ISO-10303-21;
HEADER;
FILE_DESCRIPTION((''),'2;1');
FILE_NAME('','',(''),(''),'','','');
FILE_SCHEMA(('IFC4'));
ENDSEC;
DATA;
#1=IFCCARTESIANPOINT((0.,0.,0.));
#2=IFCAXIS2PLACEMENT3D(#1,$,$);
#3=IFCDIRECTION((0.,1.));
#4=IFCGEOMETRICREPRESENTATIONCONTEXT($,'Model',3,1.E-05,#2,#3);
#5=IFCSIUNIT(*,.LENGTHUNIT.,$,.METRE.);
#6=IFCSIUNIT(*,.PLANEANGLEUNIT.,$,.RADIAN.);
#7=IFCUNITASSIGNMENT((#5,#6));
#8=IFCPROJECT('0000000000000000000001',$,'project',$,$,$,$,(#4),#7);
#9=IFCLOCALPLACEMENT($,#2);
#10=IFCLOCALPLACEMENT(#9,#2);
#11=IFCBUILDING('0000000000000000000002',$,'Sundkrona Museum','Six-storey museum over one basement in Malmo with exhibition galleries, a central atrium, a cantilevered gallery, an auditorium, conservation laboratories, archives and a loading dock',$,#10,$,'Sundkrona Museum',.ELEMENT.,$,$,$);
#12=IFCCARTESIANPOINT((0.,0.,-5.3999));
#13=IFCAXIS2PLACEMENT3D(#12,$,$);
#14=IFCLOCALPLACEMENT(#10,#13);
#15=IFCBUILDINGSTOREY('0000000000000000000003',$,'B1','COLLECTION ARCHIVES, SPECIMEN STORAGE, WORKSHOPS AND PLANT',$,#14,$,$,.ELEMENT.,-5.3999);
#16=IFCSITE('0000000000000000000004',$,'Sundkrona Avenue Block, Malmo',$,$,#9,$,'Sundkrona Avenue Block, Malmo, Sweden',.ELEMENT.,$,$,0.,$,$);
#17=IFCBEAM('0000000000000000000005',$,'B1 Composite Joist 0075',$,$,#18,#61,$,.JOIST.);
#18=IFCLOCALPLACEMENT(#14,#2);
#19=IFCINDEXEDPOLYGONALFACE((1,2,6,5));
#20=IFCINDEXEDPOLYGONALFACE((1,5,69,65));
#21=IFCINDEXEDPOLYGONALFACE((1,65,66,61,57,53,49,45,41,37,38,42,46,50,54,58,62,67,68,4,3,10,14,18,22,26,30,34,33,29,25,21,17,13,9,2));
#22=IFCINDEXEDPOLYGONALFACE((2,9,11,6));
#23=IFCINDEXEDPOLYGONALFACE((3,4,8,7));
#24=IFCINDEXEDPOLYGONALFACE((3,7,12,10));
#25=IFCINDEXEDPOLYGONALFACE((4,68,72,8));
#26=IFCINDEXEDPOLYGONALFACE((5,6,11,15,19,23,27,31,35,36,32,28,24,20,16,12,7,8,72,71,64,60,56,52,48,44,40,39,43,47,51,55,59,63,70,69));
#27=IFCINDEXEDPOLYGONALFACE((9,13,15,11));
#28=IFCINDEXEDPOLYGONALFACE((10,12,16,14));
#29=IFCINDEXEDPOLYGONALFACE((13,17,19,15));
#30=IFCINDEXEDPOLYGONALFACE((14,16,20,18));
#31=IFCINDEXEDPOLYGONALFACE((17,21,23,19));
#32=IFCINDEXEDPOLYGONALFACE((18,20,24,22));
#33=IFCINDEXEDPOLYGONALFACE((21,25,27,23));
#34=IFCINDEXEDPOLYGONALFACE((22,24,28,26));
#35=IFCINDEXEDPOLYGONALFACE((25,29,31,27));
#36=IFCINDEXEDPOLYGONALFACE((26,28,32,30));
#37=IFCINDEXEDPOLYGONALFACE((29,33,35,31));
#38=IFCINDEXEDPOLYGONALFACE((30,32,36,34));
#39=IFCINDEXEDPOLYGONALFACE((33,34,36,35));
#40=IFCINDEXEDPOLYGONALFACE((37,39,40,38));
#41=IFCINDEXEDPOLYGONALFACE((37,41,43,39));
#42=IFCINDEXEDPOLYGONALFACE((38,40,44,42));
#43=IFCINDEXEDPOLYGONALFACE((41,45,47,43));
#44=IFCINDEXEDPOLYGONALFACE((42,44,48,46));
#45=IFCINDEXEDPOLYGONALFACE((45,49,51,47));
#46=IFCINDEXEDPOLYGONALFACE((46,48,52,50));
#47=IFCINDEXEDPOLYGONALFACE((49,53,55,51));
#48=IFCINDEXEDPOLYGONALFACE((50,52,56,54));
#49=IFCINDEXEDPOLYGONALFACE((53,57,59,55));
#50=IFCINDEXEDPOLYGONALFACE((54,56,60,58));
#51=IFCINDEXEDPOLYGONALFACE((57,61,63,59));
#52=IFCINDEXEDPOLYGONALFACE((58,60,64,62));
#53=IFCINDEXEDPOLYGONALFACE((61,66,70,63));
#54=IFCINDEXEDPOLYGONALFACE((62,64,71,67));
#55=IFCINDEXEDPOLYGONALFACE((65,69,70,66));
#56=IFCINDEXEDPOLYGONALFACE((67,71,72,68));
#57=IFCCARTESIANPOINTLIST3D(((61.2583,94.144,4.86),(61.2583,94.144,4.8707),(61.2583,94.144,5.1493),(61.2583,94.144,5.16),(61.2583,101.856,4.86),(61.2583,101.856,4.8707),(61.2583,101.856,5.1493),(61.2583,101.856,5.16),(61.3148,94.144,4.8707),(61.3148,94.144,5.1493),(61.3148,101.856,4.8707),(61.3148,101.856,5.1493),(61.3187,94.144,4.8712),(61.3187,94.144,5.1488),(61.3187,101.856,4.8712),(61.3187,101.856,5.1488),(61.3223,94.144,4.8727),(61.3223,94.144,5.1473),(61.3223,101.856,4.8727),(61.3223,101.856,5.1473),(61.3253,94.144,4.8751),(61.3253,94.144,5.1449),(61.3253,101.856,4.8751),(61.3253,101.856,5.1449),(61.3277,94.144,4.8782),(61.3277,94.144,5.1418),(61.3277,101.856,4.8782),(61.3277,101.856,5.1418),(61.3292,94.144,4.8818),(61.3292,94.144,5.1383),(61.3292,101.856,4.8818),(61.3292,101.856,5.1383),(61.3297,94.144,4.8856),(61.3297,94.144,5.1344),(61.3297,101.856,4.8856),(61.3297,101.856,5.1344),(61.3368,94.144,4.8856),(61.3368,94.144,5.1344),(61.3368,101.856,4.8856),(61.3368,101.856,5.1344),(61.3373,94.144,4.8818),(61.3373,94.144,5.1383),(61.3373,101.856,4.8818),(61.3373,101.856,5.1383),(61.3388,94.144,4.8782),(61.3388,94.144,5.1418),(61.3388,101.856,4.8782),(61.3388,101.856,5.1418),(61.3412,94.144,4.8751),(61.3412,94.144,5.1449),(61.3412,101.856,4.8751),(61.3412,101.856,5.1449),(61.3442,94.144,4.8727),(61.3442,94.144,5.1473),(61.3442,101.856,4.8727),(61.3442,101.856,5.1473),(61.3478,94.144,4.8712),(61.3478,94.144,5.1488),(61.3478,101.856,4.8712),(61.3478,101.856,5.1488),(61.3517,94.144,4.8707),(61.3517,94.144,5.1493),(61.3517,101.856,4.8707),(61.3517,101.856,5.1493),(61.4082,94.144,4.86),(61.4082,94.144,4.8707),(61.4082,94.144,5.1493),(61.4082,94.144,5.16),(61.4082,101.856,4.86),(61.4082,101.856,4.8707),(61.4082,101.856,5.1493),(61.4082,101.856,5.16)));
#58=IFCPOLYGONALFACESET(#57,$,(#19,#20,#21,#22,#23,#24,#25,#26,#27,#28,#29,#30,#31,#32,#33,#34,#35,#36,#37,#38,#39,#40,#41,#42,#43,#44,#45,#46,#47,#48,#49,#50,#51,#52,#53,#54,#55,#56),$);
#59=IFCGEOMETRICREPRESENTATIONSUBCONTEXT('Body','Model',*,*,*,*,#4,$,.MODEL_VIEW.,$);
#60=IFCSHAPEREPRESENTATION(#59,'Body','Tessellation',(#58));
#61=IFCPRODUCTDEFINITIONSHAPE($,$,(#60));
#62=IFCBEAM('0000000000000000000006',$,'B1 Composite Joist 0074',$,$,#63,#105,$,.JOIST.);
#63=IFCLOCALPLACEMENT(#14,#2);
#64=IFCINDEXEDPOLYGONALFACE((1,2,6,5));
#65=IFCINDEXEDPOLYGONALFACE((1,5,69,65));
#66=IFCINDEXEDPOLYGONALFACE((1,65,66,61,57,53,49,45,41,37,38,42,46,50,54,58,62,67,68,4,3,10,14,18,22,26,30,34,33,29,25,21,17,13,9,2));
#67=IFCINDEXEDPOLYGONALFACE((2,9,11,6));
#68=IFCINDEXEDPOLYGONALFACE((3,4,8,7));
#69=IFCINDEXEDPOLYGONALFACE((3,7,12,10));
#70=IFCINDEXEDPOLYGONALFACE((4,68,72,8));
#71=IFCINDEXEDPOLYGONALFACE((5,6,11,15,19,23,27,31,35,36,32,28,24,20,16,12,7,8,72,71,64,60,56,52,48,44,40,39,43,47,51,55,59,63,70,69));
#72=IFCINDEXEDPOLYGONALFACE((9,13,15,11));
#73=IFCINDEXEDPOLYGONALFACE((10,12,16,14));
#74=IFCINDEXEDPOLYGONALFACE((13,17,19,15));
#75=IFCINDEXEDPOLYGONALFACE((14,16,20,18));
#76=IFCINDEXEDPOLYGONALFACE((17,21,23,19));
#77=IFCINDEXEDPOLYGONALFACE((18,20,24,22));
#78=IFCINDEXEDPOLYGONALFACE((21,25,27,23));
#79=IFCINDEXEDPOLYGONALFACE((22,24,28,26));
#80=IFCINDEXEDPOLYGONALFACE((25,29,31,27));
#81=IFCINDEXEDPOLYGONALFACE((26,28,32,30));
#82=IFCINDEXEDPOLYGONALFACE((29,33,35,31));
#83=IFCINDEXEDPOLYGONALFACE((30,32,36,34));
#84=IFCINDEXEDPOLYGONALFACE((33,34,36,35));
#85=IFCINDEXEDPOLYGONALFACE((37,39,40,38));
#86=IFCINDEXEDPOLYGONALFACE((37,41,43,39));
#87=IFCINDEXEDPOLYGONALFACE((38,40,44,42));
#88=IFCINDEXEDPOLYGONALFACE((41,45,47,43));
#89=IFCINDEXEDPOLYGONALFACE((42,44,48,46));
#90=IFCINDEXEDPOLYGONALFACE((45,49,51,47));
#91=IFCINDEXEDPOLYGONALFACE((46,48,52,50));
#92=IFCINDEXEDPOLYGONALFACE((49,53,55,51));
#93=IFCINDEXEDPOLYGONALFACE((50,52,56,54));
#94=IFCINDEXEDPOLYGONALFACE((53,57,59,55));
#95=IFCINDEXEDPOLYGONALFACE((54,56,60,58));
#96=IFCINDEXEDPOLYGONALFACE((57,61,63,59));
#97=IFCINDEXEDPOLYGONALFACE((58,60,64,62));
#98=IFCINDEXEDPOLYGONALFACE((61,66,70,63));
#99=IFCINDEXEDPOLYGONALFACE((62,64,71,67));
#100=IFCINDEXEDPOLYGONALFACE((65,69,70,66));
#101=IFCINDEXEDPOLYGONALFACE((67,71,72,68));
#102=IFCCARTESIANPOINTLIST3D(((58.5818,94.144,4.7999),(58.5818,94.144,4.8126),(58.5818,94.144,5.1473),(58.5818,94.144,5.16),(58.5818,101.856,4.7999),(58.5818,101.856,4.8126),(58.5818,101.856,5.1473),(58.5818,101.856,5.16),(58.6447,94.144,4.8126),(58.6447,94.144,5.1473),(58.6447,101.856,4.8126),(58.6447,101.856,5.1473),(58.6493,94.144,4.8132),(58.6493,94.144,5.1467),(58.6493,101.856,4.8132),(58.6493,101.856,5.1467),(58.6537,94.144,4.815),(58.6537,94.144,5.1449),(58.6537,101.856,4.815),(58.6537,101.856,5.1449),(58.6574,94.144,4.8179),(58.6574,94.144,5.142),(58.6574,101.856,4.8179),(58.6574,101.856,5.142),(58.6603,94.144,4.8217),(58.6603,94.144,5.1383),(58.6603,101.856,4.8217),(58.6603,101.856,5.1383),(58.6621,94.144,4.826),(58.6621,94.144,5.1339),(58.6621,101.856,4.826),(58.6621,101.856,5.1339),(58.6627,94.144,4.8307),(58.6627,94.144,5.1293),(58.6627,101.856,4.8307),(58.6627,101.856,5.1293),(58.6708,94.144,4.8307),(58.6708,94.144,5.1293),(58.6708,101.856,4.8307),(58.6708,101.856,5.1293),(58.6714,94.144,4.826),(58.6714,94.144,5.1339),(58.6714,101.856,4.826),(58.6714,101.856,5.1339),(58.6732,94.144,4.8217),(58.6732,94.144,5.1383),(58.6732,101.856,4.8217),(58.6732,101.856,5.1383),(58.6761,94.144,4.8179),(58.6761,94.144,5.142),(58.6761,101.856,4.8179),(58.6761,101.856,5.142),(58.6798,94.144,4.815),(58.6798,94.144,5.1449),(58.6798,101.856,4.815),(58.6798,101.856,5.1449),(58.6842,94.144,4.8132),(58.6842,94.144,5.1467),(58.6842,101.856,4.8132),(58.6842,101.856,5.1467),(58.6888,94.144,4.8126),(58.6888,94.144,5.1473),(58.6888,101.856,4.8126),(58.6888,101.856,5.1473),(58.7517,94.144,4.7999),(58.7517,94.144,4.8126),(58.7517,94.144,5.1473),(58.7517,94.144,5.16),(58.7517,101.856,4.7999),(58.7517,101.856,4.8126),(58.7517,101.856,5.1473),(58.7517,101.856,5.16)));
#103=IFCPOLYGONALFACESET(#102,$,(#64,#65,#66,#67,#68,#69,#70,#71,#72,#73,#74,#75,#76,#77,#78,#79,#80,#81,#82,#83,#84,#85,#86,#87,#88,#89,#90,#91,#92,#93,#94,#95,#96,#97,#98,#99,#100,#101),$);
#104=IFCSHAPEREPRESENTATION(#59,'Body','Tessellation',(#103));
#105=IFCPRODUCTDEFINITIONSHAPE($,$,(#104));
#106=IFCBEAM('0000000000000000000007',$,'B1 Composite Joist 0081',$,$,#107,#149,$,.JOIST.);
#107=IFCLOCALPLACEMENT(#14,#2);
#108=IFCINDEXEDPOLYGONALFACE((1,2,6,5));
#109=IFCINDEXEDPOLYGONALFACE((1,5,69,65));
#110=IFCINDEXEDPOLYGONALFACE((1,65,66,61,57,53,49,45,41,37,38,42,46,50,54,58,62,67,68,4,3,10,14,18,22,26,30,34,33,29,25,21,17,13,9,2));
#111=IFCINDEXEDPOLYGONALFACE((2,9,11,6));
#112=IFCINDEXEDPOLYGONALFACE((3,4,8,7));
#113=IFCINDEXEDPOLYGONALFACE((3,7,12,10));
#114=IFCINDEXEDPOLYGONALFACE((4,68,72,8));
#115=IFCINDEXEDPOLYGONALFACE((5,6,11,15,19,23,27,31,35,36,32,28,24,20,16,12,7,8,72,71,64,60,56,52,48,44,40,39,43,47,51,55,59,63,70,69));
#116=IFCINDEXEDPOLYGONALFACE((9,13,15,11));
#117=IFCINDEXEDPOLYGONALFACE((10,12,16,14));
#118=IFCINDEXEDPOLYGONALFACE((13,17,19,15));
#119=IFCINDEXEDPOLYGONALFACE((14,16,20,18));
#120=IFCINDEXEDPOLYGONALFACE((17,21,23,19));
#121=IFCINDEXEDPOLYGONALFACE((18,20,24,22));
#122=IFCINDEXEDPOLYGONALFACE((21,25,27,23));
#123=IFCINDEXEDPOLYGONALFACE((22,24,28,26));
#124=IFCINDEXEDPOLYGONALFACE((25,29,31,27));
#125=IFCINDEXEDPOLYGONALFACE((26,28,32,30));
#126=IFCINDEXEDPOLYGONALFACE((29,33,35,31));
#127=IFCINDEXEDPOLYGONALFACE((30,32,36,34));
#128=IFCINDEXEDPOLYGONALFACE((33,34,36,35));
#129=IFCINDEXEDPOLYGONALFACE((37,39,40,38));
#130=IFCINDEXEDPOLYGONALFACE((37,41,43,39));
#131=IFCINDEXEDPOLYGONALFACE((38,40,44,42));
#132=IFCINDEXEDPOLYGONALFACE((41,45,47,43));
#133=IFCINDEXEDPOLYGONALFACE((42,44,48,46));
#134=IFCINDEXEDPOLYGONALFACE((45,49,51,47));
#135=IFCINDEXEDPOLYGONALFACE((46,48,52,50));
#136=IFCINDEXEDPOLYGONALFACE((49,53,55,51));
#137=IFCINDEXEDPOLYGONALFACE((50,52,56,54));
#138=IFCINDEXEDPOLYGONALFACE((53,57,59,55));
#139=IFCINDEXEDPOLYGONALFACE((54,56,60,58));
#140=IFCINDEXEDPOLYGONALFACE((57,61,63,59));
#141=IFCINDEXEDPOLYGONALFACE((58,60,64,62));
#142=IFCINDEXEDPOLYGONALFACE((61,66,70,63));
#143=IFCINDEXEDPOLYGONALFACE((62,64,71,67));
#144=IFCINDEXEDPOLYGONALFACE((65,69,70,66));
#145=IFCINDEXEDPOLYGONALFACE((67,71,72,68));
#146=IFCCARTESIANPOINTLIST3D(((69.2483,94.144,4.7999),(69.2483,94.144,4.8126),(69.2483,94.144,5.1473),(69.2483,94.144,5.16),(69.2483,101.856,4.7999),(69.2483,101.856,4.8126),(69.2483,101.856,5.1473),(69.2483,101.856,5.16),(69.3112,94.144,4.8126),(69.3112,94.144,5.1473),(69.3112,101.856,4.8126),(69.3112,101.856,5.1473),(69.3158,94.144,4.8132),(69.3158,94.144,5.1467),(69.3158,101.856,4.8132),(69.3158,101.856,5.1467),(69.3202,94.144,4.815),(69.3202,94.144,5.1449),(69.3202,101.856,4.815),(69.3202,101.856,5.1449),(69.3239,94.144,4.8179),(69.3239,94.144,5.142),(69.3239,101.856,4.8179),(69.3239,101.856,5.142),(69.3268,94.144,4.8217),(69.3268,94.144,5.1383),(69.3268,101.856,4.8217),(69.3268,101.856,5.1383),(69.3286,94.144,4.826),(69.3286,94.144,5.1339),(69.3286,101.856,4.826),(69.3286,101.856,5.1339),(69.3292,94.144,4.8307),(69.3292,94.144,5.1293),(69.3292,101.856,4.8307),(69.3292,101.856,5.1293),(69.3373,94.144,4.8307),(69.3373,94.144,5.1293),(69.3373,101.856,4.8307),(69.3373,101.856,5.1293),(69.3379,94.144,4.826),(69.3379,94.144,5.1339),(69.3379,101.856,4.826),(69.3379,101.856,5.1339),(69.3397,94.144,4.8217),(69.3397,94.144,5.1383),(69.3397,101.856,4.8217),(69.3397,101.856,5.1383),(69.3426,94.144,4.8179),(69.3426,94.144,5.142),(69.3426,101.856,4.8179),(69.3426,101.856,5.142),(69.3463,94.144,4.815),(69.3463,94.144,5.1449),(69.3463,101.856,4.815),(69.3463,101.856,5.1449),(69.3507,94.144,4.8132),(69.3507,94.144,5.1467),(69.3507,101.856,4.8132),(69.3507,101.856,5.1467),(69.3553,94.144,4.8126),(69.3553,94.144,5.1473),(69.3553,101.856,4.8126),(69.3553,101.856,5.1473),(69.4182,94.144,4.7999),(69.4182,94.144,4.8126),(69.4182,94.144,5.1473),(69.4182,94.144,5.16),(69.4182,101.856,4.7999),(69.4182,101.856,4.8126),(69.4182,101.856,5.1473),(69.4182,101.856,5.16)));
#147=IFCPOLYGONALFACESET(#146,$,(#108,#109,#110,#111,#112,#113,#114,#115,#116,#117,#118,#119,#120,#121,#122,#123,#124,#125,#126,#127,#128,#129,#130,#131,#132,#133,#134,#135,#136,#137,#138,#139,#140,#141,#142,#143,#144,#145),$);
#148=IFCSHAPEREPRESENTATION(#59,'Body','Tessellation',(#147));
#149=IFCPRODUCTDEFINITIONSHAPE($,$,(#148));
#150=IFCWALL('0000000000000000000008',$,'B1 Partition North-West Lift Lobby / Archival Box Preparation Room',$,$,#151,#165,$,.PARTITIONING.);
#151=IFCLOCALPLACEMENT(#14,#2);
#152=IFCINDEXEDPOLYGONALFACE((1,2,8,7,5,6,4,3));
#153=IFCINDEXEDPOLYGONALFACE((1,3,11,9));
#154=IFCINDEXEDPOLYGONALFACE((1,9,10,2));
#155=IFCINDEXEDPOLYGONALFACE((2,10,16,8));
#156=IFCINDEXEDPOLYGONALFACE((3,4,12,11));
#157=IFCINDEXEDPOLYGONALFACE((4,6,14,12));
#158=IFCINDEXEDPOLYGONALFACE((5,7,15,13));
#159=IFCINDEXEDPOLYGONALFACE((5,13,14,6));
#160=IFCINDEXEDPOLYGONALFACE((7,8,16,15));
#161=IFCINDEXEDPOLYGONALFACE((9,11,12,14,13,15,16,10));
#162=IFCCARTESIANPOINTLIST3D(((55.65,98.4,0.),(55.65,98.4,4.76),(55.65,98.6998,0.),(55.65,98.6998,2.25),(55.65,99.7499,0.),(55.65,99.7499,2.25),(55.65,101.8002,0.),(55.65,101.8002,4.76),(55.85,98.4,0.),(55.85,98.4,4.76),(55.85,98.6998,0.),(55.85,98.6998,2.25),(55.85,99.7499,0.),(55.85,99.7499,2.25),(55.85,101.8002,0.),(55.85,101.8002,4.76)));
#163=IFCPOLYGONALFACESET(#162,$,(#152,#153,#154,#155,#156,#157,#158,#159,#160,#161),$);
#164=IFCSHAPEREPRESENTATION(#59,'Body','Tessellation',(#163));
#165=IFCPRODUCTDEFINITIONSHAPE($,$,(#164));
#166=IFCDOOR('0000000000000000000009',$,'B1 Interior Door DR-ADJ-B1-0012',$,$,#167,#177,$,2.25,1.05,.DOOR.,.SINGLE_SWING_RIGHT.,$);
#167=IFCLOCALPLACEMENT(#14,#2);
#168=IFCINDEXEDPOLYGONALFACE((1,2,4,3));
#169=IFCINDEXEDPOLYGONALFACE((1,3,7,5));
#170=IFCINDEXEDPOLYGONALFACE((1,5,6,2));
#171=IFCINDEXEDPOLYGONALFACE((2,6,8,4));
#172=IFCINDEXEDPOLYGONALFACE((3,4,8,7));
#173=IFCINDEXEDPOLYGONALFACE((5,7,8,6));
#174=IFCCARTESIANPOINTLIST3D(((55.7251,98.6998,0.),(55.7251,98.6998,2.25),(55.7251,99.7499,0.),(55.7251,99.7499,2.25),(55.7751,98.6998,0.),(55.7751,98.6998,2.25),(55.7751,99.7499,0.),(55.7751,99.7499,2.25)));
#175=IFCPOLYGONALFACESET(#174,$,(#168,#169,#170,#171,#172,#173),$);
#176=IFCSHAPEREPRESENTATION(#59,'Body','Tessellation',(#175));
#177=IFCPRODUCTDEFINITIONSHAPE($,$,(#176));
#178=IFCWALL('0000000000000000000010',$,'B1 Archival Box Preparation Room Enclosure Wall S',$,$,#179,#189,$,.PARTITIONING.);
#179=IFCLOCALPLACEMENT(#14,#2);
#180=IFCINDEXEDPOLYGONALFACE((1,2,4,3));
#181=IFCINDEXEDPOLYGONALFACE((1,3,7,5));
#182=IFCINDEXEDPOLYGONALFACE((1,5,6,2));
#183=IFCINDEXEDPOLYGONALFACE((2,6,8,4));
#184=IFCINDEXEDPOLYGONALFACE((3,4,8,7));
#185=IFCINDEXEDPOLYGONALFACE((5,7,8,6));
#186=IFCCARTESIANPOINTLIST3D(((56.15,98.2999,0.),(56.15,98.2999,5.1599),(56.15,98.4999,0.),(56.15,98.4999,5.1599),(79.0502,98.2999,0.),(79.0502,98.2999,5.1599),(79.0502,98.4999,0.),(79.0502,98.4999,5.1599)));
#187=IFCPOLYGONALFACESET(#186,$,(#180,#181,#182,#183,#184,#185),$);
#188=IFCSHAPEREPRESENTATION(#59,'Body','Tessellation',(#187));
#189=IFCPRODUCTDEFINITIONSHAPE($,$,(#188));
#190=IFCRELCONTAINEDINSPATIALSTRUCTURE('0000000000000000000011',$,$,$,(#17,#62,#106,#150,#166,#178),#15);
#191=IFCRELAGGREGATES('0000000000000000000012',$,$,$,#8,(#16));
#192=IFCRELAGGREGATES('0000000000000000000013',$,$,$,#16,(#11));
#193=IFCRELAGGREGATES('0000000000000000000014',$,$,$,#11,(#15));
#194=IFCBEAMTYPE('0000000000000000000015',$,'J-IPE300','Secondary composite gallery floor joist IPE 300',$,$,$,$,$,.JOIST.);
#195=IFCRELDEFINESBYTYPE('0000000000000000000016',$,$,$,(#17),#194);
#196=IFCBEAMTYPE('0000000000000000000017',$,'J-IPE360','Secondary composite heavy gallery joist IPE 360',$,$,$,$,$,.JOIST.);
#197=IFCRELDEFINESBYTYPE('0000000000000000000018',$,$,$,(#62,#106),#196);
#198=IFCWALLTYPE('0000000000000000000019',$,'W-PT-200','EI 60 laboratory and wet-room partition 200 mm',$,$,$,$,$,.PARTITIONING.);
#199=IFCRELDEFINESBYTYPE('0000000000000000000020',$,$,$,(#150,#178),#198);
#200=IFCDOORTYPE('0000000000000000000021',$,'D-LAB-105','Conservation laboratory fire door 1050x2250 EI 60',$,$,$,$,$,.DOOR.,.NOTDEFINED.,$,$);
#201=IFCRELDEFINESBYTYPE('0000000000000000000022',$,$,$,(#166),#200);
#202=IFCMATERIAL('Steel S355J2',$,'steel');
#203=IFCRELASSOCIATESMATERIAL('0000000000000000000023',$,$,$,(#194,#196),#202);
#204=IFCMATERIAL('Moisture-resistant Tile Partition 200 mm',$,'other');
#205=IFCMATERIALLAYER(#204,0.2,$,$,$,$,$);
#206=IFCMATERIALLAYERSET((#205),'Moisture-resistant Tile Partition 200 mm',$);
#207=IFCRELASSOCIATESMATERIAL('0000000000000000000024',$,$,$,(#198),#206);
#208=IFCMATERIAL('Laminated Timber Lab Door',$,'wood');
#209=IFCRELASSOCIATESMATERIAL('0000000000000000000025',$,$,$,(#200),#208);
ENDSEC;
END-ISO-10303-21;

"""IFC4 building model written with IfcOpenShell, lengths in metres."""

from ifc_helpers import new_model, si_unit, direction, frame, frame_2d, origin, origin_2d, place, context, subcontext, project, spatial, rectangle, i_section, extrude, material, layer, layer_set, material_profile, profile_set, type_object, element, fill, save


model = new_model("IFC4")

# Units and contexts
model_context = context("Model", 3, precision=1e-05, world=origin(), true_north=direction((0.0, 1.0)))
body_context = subcontext(model_context, "Body", "Model", "MODEL_VIEW")
ifc_project = project(units=[si_unit("LENGTHUNIT", "METRE"), si_unit("PLANEANGLEUNIT", "RADIAN")], contexts=[model_context])

# Site, building, storey
site_placement = place(None, origin())
site = spatial("IfcSite", under=ifc_project, at=site_placement, Name="Sundkrona Avenue Block, Malmo", LongName="Sundkrona Avenue Block, Malmo, Sweden", CompositionType="ELEMENT", RefElevation=0.0)
building_placement = place(site_placement, origin())
building = spatial("IfcBuilding", under=site, at=building_placement, Name="Sundkrona Museum", Description="Six-storey museum over one basement in Malmo with exhibition galleries, a central atrium, a cantilevered gallery, an auditorium, conservation laboratories, archives and a loading dock", LongName="Sundkrona Museum", CompositionType="ELEMENT")
storey_placement = place(building_placement, frame((0.0, 0.0, -5.3999)))
storey = spatial("IfcBuildingStorey", under=building, at=storey_placement, Name="B1", Description="COLLECTION ARCHIVES, SPECIMEN STORAGE, WORKSHOPS AND PLANT", CompositionType="ELEMENT", Elevation=-5.3999)

# Beams
ifc_material_1 = material(Name="Steel S355J2", Category="steel")
ifc_material_profile_1 = material_profile(ifc_material_1, i_section(OverallWidth=0.1499, OverallDepth=0.3, WebThickness=0.0071, FlangeThickness=0.0107, FilletRadius=0.0149, at=origin_2d()), Name="IPE 300")
ifc_profile_set_1 = profile_set([ifc_material_profile_1], Name="Steel S355J2")
beam_type_1 = type_object("IfcBeamType", Name="J-IPE300", Description="Secondary composite gallery floor joist IPE 300", PredefinedType="JOIST", material=ifc_profile_set_1)
beam_1_placement = place(storey_placement, frame((61.3333, 94.144, 5.01), z_axis=(0.0, 1.0, 0.0), x_axis=(-1.0, 0.0, 0.0)))
element("IfcBeam", 1, at=beam_1_placement, inside=storey, type_object=beam_type_1, Name="B1 Composite Joist 0075", PredefinedType="JOIST", context=body_context, shape_type="SweptSolid", body=[
    extrude(i_section(OverallWidth=0.1499, OverallDepth=0.3, WebThickness=0.0071, FlangeThickness=0.0107, FilletRadius=0.0149, at=origin_2d()), origin(), (0.0, 0.0, 1.0), 7.7119),
])
ifc_material_profile_2 = material_profile(ifc_material_1, i_section(OverallWidth=0.1699, OverallDepth=0.3601, WebThickness=0.0081, FlangeThickness=0.0127, FilletRadius=0.0181, at=origin_2d()), Name="IPE 360")
ifc_profile_set_2 = profile_set([ifc_material_profile_2], Name="Steel S355J2")
beam_type_2 = type_object("IfcBeamType", Name="J-IPE360", Description="Secondary composite heavy gallery joist IPE 360", PredefinedType="JOIST", material=ifc_profile_set_2)
for number, where, z_axis, x_axis, name in (
    (2, (58.6667, 94.144, 4.98), (0.0, 1.0, 0.0), (-1.0, 0.0, 0.0), "B1 Composite Joist 0074"),
    (3, (69.3333, 94.144, 4.98), (0.0, 1.0, 0.0), (-1.0, 0.0, 0.0), "B1 Composite Joist 0081"),
):
    element("IfcBeam", number, at=place(storey_placement, frame(where, z_axis=z_axis, x_axis=x_axis)), inside=storey, type_object=beam_type_2, Name=name, PredefinedType="JOIST", context=body_context, shape_type="SweptSolid", body=[
        extrude(i_section(OverallWidth=0.1699, OverallDepth=0.3601, WebThickness=0.0081, FlangeThickness=0.0127, FilletRadius=0.0181, at=origin_2d()), origin(), (0.0, 0.0, 1.0), 7.7119),
    ])

# Wall, opening, door
ifc_material_2 = material(Name="Moisture-resistant Tile Partition 200 mm", Category="other")
ifc_layer = layer(ifc_material_2, 0.2)
ifc_layer_set = layer_set([ifc_layer], Name="Moisture-resistant Tile Partition 200 mm")
wall_type = type_object("IfcWallType", Name="W-PT-200", Description="EI 60 laboratory and wet-room partition 200 mm", PredefinedType="PARTITIONING", material=ifc_layer_set)
wall_1_placement = place(storey_placement, frame((55.75, 98.3999, 0.0), z_axis=(0.0, 0.0, 1.0), x_axis=(0.0, 1.0, 0.0)))
wall_1 = element("IfcWall", 4, at=wall_1_placement, inside=storey, type_object=wall_type, Name="B1 Partition North-West Lift Lobby / Archival Box Preparation Room", PredefinedType="PARTITIONING", context=body_context, shape_type="SweptSolid", body=[
    extrude(rectangle(XDim=3.4001, YDim=0.2, at=frame_2d((1.7002, 0.0))), origin(), (0.0, 0.0, 1.0), 4.76),
])
opening_placement = place(wall_1_placement, frame((0.3, 0.0, 0.0)))
opening = element("IfcOpeningElement", 5, at=opening_placement, cuts=wall_1, PredefinedType="OPENING", context=body_context, shape_type="SweptSolid", body=[
    extrude(rectangle(XDim=1.05, YDim=2.25, at=frame_2d((0.5249, 1.125))), frame((0.0, 0.1099, 0.0), z_axis=(0.0, -1.0, 0.0), x_axis=(1.0, 0.0, 0.0)), (0.0, 0.0, 1.0), 0.22),
])
ifc_material_3 = material(Name="Laminated Timber Lab Door", Category="wood")
door_type = type_object("IfcDoorType", Name="D-LAB-105", Description="Conservation laboratory fire door 1050x2250 EI 60", OperationType="NOTDEFINED", PredefinedType="DOOR", material=ifc_material_3)
door_placement = place(opening_placement, origin())
door = element("IfcDoor", 6, at=door_placement, inside=storey, type_object=door_type, Name="B1 Interior Door DR-ADJ-B1-0012", OperationType="SINGLE_SWING_RIGHT", OverallHeight=2.25, OverallWidth=1.05, PredefinedType="DOOR", context=body_context, shape_type="SweptSolid", body=[
    extrude(rectangle(XDim=1.05, YDim=2.25, at=frame_2d((0.5249, 1.125))), frame((0.0, 0.0249, 0.0), z_axis=(0.0, -1.0, 0.0), x_axis=(1.0, 0.0, 0.0)), (0.0, 0.0, 1.0), 0.05),
])
fill(opening, door)

# Wall
wall_2_placement = place(storey_placement, frame((56.1499, 98.3999, 0.0), z_axis=(0.0, 0.0, 1.0), x_axis=(1.0, 0.0, 0.0)))
element("IfcWall", 7, at=wall_2_placement, inside=storey, type_object=wall_type, Name="B1 Archival Box Preparation Room Enclosure Wall S", PredefinedType="PARTITIONING", context=body_context, shape_type="SweptSolid", body=[
    extrude(rectangle(XDim=22.9001, YDim=0.2, at=frame_2d((11.4502, 0.0))), origin(), (0.0, 0.0, 1.0), 5.1599),
])

save(model, "model.ifc")
